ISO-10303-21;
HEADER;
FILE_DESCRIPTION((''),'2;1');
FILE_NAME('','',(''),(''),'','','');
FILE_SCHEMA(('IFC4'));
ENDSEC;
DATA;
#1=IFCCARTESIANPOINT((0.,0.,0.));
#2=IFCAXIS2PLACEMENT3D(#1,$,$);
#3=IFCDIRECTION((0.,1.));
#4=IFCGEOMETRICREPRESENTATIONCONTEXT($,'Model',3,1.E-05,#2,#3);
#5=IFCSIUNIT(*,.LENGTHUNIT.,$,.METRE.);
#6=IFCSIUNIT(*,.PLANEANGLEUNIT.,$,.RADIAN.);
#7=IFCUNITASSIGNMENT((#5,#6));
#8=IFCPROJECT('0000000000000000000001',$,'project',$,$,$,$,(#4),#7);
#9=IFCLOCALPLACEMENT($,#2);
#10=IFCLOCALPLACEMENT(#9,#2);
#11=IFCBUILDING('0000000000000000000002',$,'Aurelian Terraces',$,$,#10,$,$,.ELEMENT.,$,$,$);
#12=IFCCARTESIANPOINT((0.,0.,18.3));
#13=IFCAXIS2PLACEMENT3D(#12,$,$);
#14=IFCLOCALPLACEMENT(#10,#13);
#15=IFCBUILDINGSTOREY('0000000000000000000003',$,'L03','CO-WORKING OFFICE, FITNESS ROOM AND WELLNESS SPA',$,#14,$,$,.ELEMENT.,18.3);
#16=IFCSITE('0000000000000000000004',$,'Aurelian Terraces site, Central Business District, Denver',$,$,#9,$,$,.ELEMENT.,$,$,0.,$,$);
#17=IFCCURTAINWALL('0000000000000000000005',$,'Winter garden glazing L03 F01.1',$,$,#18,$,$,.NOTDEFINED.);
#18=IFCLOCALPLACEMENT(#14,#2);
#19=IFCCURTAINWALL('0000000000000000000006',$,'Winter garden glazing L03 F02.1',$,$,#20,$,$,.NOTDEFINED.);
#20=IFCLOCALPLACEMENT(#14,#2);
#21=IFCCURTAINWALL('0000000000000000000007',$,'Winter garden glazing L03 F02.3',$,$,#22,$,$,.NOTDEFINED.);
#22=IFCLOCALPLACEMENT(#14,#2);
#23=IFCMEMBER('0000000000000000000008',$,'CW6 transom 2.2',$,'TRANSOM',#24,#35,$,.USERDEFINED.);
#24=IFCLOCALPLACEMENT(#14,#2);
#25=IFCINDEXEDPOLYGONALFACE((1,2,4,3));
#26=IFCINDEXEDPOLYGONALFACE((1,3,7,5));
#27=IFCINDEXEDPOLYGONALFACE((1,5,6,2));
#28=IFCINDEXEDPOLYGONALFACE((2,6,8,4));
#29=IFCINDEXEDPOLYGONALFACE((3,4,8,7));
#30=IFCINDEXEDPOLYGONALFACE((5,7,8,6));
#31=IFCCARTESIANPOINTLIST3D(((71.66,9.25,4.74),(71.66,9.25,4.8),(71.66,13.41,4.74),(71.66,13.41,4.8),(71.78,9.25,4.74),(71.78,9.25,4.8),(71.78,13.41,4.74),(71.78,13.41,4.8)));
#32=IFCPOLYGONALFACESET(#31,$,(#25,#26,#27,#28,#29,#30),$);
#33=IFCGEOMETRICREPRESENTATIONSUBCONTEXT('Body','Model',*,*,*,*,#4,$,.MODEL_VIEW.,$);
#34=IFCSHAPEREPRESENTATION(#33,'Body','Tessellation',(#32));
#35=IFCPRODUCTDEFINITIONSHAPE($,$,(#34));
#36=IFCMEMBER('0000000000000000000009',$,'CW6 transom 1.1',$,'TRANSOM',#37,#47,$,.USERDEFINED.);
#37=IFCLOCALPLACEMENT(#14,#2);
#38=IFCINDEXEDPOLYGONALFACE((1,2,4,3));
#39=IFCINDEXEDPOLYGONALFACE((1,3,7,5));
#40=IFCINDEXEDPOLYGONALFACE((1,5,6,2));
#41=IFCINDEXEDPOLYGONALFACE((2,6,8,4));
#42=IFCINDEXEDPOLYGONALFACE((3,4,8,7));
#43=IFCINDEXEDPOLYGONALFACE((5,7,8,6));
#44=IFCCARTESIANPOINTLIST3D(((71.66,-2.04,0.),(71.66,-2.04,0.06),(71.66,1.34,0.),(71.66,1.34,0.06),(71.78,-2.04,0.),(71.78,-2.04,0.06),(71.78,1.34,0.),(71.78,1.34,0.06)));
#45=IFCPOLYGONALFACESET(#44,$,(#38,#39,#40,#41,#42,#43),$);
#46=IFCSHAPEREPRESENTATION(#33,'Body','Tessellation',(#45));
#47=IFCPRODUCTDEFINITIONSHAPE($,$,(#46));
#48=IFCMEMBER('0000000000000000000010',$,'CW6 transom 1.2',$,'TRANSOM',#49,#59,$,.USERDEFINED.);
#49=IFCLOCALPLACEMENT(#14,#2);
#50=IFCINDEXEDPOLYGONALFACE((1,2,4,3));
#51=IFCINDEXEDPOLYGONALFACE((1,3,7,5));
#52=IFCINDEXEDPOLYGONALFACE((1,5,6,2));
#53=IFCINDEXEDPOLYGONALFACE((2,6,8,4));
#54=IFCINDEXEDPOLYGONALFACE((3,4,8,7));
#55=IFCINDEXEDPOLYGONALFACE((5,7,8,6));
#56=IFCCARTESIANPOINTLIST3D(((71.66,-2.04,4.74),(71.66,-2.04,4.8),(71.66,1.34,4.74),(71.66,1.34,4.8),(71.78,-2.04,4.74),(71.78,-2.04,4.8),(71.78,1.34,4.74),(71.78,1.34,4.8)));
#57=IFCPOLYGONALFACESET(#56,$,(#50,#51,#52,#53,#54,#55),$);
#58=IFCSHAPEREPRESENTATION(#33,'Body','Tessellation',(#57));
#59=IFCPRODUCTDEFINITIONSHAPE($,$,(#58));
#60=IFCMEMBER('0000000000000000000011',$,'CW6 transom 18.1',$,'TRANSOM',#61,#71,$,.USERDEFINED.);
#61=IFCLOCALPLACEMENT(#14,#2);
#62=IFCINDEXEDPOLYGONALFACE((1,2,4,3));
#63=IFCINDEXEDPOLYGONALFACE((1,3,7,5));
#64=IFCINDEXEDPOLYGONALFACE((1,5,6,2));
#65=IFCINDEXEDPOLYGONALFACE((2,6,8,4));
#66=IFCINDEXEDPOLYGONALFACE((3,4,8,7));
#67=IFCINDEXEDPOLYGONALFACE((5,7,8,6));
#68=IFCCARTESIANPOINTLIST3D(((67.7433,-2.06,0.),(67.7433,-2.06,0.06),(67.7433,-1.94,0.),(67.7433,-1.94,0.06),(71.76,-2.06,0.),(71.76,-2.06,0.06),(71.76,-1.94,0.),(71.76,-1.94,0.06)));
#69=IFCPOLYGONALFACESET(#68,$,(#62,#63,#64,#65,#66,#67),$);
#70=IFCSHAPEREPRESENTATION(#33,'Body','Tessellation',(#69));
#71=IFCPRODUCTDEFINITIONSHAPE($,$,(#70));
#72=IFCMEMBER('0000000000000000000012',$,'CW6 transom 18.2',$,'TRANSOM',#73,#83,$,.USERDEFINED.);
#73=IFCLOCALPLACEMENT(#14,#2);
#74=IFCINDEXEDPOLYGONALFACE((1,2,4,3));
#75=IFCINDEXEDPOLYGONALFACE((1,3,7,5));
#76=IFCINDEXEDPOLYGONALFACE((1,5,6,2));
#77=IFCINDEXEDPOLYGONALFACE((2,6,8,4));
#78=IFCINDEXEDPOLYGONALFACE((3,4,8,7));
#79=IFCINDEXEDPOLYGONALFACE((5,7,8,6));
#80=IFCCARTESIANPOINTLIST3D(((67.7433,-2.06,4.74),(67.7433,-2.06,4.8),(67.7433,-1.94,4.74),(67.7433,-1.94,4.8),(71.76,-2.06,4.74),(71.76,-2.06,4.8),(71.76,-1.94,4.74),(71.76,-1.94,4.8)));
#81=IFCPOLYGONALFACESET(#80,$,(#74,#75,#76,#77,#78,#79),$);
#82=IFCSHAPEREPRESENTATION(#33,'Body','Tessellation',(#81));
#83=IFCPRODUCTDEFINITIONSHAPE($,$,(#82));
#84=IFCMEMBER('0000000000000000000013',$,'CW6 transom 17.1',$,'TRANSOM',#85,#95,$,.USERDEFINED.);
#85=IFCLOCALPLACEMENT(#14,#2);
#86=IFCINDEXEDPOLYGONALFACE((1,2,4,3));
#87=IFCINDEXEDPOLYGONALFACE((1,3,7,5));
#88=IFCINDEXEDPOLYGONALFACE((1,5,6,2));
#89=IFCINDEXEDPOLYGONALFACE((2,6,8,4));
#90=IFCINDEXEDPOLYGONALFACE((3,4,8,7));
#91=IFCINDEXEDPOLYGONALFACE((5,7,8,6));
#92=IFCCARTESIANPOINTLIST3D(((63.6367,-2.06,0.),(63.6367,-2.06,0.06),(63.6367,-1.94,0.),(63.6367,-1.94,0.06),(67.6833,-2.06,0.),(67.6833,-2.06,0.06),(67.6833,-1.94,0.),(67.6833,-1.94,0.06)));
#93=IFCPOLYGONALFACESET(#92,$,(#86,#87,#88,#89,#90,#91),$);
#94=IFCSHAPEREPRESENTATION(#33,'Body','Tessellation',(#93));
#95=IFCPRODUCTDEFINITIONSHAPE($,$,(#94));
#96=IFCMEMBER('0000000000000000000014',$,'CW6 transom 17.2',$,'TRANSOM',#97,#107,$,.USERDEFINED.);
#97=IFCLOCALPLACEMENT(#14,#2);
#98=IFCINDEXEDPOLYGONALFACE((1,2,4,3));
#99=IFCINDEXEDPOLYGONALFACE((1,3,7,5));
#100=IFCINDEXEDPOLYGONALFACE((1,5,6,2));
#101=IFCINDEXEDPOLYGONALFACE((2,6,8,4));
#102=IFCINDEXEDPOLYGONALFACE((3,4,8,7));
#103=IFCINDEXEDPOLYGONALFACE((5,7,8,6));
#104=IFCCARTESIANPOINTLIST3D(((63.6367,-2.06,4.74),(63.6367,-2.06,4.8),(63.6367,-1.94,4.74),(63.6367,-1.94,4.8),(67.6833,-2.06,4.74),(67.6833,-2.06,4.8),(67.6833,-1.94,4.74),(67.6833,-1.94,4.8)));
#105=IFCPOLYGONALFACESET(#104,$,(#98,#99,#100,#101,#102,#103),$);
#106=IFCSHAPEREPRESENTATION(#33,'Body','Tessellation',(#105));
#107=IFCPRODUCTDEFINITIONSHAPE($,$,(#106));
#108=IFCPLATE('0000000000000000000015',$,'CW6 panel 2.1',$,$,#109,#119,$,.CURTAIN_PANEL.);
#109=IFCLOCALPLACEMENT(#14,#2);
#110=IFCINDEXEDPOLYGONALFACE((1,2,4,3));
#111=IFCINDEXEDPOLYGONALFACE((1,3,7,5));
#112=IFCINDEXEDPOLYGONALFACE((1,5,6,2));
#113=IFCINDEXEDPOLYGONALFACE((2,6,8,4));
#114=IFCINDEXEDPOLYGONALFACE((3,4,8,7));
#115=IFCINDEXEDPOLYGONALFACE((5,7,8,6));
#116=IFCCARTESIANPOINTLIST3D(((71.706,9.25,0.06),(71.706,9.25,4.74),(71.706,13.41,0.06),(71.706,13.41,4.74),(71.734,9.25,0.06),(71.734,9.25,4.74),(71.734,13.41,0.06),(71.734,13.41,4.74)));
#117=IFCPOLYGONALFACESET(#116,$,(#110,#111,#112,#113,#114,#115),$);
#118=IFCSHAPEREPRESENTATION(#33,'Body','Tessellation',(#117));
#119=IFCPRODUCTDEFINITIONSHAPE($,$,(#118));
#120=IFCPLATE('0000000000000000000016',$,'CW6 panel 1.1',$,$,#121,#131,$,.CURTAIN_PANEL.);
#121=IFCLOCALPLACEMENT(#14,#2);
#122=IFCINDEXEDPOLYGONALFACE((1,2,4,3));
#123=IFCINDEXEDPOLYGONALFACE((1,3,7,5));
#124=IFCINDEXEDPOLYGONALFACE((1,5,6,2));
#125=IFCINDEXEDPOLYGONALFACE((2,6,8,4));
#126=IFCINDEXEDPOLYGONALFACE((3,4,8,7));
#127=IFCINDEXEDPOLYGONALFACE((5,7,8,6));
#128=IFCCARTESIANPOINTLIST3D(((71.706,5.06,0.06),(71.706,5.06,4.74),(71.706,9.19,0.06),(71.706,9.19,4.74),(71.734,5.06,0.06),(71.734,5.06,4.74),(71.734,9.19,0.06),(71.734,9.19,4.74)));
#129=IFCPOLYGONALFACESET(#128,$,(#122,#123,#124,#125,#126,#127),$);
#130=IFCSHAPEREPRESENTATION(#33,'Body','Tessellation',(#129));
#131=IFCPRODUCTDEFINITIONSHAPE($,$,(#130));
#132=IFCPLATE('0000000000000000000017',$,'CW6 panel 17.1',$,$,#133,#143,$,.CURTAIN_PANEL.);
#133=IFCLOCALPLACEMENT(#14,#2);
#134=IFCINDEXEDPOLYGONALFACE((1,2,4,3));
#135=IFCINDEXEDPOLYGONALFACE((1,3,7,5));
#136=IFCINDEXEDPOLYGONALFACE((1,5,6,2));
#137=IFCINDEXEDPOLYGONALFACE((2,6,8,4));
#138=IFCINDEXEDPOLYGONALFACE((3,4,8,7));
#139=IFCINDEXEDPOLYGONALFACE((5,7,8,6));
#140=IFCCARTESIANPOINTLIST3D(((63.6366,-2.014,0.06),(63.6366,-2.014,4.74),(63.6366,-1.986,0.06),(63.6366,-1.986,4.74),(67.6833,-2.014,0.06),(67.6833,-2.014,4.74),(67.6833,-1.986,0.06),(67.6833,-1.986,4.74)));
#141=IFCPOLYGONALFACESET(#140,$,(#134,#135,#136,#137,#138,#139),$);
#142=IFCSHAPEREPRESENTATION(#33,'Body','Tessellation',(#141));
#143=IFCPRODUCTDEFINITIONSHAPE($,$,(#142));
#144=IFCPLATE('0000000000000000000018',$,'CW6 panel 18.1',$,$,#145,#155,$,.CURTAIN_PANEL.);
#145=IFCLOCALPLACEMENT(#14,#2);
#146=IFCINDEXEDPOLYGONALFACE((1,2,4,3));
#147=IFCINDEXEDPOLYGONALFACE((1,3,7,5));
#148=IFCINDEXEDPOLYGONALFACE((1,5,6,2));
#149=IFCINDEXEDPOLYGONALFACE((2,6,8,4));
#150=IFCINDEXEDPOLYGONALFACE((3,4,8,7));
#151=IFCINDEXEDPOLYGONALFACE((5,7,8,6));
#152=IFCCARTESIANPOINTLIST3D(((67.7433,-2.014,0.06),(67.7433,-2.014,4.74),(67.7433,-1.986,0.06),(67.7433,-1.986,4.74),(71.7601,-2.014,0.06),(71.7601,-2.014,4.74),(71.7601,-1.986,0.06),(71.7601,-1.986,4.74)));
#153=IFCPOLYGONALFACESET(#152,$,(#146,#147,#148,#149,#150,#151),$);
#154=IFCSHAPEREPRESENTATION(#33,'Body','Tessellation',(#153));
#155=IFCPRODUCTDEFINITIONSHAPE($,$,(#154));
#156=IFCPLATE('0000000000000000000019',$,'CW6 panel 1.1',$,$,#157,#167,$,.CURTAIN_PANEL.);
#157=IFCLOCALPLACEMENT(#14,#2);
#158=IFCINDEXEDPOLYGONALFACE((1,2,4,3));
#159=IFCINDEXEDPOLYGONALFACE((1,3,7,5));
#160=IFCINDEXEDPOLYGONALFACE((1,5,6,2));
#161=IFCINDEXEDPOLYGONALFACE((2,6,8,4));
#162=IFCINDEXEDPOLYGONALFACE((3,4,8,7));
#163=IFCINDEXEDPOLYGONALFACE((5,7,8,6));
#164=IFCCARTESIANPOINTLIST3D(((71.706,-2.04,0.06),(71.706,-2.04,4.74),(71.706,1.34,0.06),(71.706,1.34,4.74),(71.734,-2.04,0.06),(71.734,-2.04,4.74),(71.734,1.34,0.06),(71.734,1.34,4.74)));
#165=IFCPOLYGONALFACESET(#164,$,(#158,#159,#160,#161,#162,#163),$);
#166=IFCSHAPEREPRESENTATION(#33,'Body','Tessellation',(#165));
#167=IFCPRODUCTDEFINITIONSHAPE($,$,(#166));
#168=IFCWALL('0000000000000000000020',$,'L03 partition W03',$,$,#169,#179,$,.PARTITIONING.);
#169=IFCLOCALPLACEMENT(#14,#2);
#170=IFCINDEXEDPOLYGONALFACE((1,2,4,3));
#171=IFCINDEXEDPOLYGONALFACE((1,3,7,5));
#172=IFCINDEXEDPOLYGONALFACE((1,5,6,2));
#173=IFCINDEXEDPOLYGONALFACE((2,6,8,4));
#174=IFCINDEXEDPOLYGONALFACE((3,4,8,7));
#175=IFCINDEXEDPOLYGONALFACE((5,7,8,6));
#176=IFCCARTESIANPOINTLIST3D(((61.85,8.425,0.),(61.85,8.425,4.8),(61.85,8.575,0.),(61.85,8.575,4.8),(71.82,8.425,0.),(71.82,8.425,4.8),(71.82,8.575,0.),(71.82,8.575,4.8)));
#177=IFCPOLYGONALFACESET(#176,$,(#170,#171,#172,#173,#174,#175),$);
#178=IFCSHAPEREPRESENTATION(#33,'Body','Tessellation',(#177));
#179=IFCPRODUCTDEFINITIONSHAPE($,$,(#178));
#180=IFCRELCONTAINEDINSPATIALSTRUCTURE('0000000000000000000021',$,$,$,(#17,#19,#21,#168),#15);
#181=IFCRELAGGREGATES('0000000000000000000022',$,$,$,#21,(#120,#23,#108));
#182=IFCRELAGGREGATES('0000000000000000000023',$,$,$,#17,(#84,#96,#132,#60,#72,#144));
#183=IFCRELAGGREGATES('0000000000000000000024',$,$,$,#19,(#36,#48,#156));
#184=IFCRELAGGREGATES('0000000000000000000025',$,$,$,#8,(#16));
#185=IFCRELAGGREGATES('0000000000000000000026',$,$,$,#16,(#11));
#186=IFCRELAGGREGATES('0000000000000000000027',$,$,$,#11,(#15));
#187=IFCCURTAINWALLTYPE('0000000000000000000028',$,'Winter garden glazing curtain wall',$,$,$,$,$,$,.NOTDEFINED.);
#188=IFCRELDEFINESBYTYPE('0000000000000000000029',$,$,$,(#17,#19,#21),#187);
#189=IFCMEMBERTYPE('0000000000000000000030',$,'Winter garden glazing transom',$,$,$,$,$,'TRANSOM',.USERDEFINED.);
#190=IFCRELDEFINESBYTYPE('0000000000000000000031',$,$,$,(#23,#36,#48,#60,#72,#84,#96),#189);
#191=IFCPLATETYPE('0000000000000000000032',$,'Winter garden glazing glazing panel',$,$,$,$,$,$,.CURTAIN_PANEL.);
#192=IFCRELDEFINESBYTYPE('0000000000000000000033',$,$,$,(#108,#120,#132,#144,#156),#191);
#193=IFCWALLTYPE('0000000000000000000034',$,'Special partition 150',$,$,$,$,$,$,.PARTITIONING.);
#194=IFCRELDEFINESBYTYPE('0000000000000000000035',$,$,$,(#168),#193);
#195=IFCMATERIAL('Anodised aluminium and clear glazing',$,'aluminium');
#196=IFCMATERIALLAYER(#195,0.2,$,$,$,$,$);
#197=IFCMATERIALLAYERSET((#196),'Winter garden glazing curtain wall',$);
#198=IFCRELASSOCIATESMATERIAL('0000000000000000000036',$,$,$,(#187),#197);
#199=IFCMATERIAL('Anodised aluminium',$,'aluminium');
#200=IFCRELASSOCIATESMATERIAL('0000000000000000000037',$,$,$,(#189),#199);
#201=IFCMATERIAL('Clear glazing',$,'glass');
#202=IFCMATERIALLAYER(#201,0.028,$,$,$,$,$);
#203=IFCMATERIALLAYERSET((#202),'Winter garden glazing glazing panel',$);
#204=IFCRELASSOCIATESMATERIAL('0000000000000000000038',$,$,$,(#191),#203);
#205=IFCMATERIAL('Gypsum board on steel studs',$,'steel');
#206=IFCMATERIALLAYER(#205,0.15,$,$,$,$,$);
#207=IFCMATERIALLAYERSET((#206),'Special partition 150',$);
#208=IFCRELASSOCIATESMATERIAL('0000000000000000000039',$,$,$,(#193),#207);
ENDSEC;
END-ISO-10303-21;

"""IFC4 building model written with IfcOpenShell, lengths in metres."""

from ifc_helpers import new_model, si_unit, direction, frame, frame_2d, origin, origin_2d, place, context, subcontext, project, spatial, rectangle, extrude, source, transform, mapped, material, layer, layer_set, material_profile, profile_set, type_object, element, aggregate, save


model = new_model("IFC4")

# Units and contexts
model_context = context("Model", 3, precision=1e-05, world=origin(), true_north=direction((0.0, 1.0)))
body_context = subcontext(model_context, "Body", "Model", "MODEL_VIEW")
ifc_project = project(units=[si_unit("LENGTHUNIT", "METRE"), si_unit("PLANEANGLEUNIT", "RADIAN")], contexts=[model_context])

# Site, building, storey
site_placement = place(None, origin())
site = spatial("IfcSite", under=ifc_project, at=site_placement, Name="Aurelian Terraces site, Central Business District, Denver", CompositionType="ELEMENT", RefElevation=0.0)
building_placement = place(site_placement, origin())
building = spatial("IfcBuilding", under=site, at=building_placement, Name="Aurelian Terraces", CompositionType="ELEMENT")
storey_placement = place(building_placement, frame((0.0, 0.0, 18.3)))
storey = spatial("IfcBuildingStorey", under=building, at=storey_placement, Name="L03", Description="CO-WORKING OFFICE, FITNESS ROOM AND WELLNESS SPA", CompositionType="ELEMENT", Elevation=18.3)

# Curtain walls, member
ifc_material_1 = material(Name="Anodised aluminium and clear glazing", Category="aluminium")
ifc_layer_1 = layer(ifc_material_1, 0.2)
ifc_layer_set_1 = layer_set([ifc_layer_1], Name="Winter garden glazing curtain wall")
curtain_wall_type = type_object("IfcCurtainWallType", Name="Winter garden glazing curtain wall", PredefinedType="NOTDEFINED", material=ifc_layer_set_1)
curtain_wall_1_placement = place(storey_placement, origin())
curtain_wall_1 = element("IfcCurtainWall", 1, at=curtain_wall_1_placement, inside=storey, type_object=curtain_wall_type, Name="Winter garden glazing L03 F01.1", PredefinedType="NOTDEFINED")
ifc_material_2 = material(Name="Anodised aluminium", Category="aluminium")
curtain_wall_2_placement = place(storey_placement, origin())
curtain_wall_2 = element("IfcCurtainWall", 2, at=curtain_wall_2_placement, inside=storey, type_object=curtain_wall_type, Name="Winter garden glazing L03 F02.1", PredefinedType="NOTDEFINED")
curtain_wall_3_placement = place(storey_placement, origin())
curtain_wall_3 = element("IfcCurtainWall", 3, at=curtain_wall_3_placement, inside=storey, type_object=curtain_wall_type, Name="Winter garden glazing L03 F02.3", PredefinedType="NOTDEFINED")
ifc_material_profile_1 = material_profile(ifc_material_2, rectangle(XDim=0.12, YDim=0.06, at=origin_2d()))
ifc_profile_set_1 = profile_set([ifc_material_profile_1], Name="Anodised aluminium")
member_type_1 = type_object("IfcMemberType", Name="Winter garden glazing transom", ElementType="TRANSOM", PredefinedType="USERDEFINED", material=ifc_profile_set_1)
shared_shape_1 = source(origin(), body_context, "Body", "SweptSolid", [
    extrude(rectangle(XDim=0.12, YDim=0.06, at=origin_2d()), origin(), (0.0, 0.0, 1.0), 4.16),
])
member_1_placement = place(storey_placement, frame((71.72, 9.25, 4.77), z_axis=(0.0, 1.0, 0.0), x_axis=(-1.0, 0.0, 0.0)))
member_1 = element("IfcMember", 4, at=member_1_placement, type_object=member_type_1, Name="CW6 transom 2.2", ObjectType="TRANSOM", PredefinedType="USERDEFINED", context=body_context, shape_type="MappedRepresentation", body=[
    mapped(shared_shape_1, transform((0.0, 0.0, 0.0), scale=1.0)),
])

# Members
shared_shape_2 = source(origin(), body_context, "Body", "SweptSolid", [
    extrude(rectangle(XDim=0.12, YDim=0.06, at=origin_2d()), origin(), (0.0, 0.0, 1.0), 3.38),
])
member_2_placement = place(storey_placement, frame((71.72, -2.04, 0.03), z_axis=(0.0, 1.0, 0.0), x_axis=(-1.0, 0.0, 0.0)))
member_2 = element("IfcMember", 5, at=member_2_placement, type_object=member_type_1, Name="CW6 transom 1.1", ObjectType="TRANSOM", PredefinedType="USERDEFINED", context=body_context, shape_type="MappedRepresentation", body=[
    mapped(shared_shape_2, transform((0.0, 0.0, 0.0), scale=1.0)),
])
member_3_placement = place(storey_placement, frame((71.72, -2.04, 4.77), z_axis=(0.0, 1.0, 0.0), x_axis=(-1.0, 0.0, 0.0)))
member_3 = element("IfcMember", 6, at=member_3_placement, type_object=member_type_1, Name="CW6 transom 1.2", ObjectType="TRANSOM", PredefinedType="USERDEFINED", context=body_context, shape_type="MappedRepresentation", body=[
    mapped(shared_shape_2, transform((0.0, 0.0, 0.0), scale=1.0)),
])
shared_shape_3 = source(origin(), body_context, "Body", "SweptSolid", [
    extrude(rectangle(XDim=0.12, YDim=0.06, at=origin_2d()), origin(), (0.0, 0.0, 1.0), 4.0167),
])
member_4_placement = place(storey_placement, frame((67.7433, -2.0, 0.03), z_axis=(1.0, 0.0, 0.0), x_axis=(0.0, 1.0, 0.0)))
member_4 = element("IfcMember", 7, at=member_4_placement, type_object=member_type_1, Name="CW6 transom 18.1", ObjectType="TRANSOM", PredefinedType="USERDEFINED", context=body_context, shape_type="MappedRepresentation", body=[
    mapped(shared_shape_3, transform((0.0, 0.0, 0.0), scale=1.0)),
])
member_5_placement = place(storey_placement, frame((67.7433, -2.0, 4.77), z_axis=(1.0, 0.0, 0.0), x_axis=(0.0, 1.0, 0.0)))
member_5 = element("IfcMember", 8, at=member_5_placement, type_object=member_type_1, Name="CW6 transom 18.2", ObjectType="TRANSOM", PredefinedType="USERDEFINED", context=body_context, shape_type="MappedRepresentation", body=[
    mapped(shared_shape_3, transform((0.0, 0.0, 0.0), scale=1.0)),
])
shared_shape_4 = source(origin(), body_context, "Body", "SweptSolid", [
    extrude(rectangle(XDim=0.12, YDim=0.06, at=origin_2d()), origin(), (0.0, 0.0, 1.0), 4.0466),
])
member_6_placement = place(storey_placement, frame((63.6367, -2.0, 0.03), z_axis=(1.0, 0.0, 0.0), x_axis=(0.0, 1.0, 0.0)))
member_6 = element("IfcMember", 9, at=member_6_placement, type_object=member_type_1, Name="CW6 transom 17.1", ObjectType="TRANSOM", PredefinedType="USERDEFINED", context=body_context, shape_type="MappedRepresentation", body=[
    mapped(shared_shape_4, transform((0.0, 0.0, 0.0), scale=1.0)),
])
member_7_placement = place(storey_placement, frame((63.6367, -2.0, 4.77), z_axis=(1.0, 0.0, 0.0), x_axis=(0.0, 1.0, 0.0)))
member_7 = element("IfcMember", 10, at=member_7_placement, type_object=member_type_1, Name="CW6 transom 17.2", ObjectType="TRANSOM", PredefinedType="USERDEFINED", context=body_context, shape_type="MappedRepresentation", body=[
    mapped(shared_shape_4, transform((0.0, 0.0, 0.0), scale=1.0)),
])

# Plates
ifc_material_3 = material(Name="Clear glazing", Category="glass")
ifc_layer_2 = layer(ifc_material_3, 0.028)
ifc_layer_set_2 = layer_set([ifc_layer_2], Name="Winter garden glazing glazing panel")
plate_type = type_object("IfcPlateType", Name="Winter garden glazing glazing panel", PredefinedType="CURTAIN_PANEL", material=ifc_layer_set_2)
shared_shape_5 = source(origin(), body_context, "Body", "SweptSolid", [
    extrude(rectangle(XDim=4.16, YDim=0.028, at=origin_2d()), origin(), (0.0, 0.0, 1.0), 4.68),
])
plate_1_placement = place(storey_placement, frame((71.72, 11.33, 0.06), z_axis=(0.0, 0.0, 1.0), x_axis=(0.0, 1.0, 0.0)))
plate_1 = element("IfcPlate", 11, at=plate_1_placement, type_object=plate_type, Name="CW6 panel 2.1", PredefinedType="CURTAIN_PANEL", context=body_context, shape_type="MappedRepresentation", body=[
    mapped(shared_shape_5, transform((0.0, 0.0, 0.0), scale=1.0)),
])
shared_shape_6 = source(origin(), body_context, "Body", "SweptSolid", [
    extrude(rectangle(XDim=4.13, YDim=0.028, at=origin_2d()), origin(), (0.0, 0.0, 1.0), 4.68),
])
plate_2_placement = place(storey_placement, frame((71.72, 7.125, 0.06), z_axis=(0.0, 0.0, 1.0), x_axis=(0.0, 1.0, 0.0)))
plate_2 = element("IfcPlate", 12, at=plate_2_placement, type_object=plate_type, Name="CW6 panel 1.1", PredefinedType="CURTAIN_PANEL", context=body_context, shape_type="MappedRepresentation", body=[
    mapped(shared_shape_6, transform((0.0, 0.0, 0.0), scale=1.0)),
])
aggregate(curtain_wall_3, [plate_2, member_1, plate_1])
shared_shape_7 = source(origin(), body_context, "Body", "SweptSolid", [
    extrude(rectangle(XDim=4.0467, YDim=0.028, at=origin_2d()), origin(), (0.0, 0.0, 1.0), 4.68),
])
plate_3_placement = place(storey_placement, frame((65.66, -2.0, 0.06), z_axis=(0.0, 0.0, 1.0), x_axis=(1.0, 0.0, 0.0)))
plate_3 = element("IfcPlate", 13, at=plate_3_placement, type_object=plate_type, Name="CW6 panel 17.1", PredefinedType="CURTAIN_PANEL", context=body_context, shape_type="MappedRepresentation", body=[
    mapped(shared_shape_7, transform((0.0, 0.0, 0.0), scale=1.0)),
])
shared_shape_8 = source(origin(), body_context, "Body", "SweptSolid", [
    extrude(rectangle(XDim=4.0167, YDim=0.028, at=origin_2d()), origin(), (0.0, 0.0, 1.0), 4.68),
])
plate_4_placement = place(storey_placement, frame((69.7517, -2.0, 0.06), z_axis=(0.0, 0.0, 1.0), x_axis=(1.0, 0.0, 0.0)))
plate_4 = element("IfcPlate", 14, at=plate_4_placement, type_object=plate_type, Name="CW6 panel 18.1", PredefinedType="CURTAIN_PANEL", context=body_context, shape_type="MappedRepresentation", body=[
    mapped(shared_shape_8, transform((0.0, 0.0, 0.0), scale=1.0)),
])
aggregate(curtain_wall_1, [member_6, member_7, plate_3, member_4, member_5, plate_4])
shared_shape_9 = source(origin(), body_context, "Body", "SweptSolid", [
    extrude(rectangle(XDim=3.38, YDim=0.028, at=origin_2d()), origin(), (0.0, 0.0, 1.0), 4.68),
])
plate_5_placement = place(storey_placement, frame((71.72, -0.35, 0.06), z_axis=(0.0, 0.0, 1.0), x_axis=(0.0, 1.0, 0.0)))
plate_5 = element("IfcPlate", 15, at=plate_5_placement, type_object=plate_type, Name="CW6 panel 1.1", PredefinedType="CURTAIN_PANEL", context=body_context, shape_type="MappedRepresentation", body=[
    mapped(shared_shape_9, transform((0.0, 0.0, 0.0), scale=1.0)),
])
aggregate(curtain_wall_2, [member_2, member_3, plate_5])

# Wall
ifc_material_4 = material(Name="Gypsum board on steel studs", Category="steel")
ifc_layer_3 = layer(ifc_material_4, 0.15)
ifc_layer_set_3 = layer_set([ifc_layer_3], Name="Special partition 150")
wall_type_1 = type_object("IfcWallType", Name="Special partition 150", PredefinedType="PARTITIONING", material=ifc_layer_set_3)
wall_1_placement = place(storey_placement, frame((61.85, 8.5, 0.0), z_axis=(0.0, 0.0, 1.0), x_axis=(1.0, 0.0, 0.0)))
element("IfcWall", 16, at=wall_1_placement, inside=storey, type_object=wall_type_1, Name="L03 partition W03", PredefinedType="PARTITIONING", context=body_context, shape_type="SweptSolid", body=[
    extrude(rectangle(XDim=9.97, YDim=0.15, at=frame_2d((4.985, 0.0))), origin(), (0.0, 0.0, 1.0), 4.8),
])

save(model, "model.ifc")
